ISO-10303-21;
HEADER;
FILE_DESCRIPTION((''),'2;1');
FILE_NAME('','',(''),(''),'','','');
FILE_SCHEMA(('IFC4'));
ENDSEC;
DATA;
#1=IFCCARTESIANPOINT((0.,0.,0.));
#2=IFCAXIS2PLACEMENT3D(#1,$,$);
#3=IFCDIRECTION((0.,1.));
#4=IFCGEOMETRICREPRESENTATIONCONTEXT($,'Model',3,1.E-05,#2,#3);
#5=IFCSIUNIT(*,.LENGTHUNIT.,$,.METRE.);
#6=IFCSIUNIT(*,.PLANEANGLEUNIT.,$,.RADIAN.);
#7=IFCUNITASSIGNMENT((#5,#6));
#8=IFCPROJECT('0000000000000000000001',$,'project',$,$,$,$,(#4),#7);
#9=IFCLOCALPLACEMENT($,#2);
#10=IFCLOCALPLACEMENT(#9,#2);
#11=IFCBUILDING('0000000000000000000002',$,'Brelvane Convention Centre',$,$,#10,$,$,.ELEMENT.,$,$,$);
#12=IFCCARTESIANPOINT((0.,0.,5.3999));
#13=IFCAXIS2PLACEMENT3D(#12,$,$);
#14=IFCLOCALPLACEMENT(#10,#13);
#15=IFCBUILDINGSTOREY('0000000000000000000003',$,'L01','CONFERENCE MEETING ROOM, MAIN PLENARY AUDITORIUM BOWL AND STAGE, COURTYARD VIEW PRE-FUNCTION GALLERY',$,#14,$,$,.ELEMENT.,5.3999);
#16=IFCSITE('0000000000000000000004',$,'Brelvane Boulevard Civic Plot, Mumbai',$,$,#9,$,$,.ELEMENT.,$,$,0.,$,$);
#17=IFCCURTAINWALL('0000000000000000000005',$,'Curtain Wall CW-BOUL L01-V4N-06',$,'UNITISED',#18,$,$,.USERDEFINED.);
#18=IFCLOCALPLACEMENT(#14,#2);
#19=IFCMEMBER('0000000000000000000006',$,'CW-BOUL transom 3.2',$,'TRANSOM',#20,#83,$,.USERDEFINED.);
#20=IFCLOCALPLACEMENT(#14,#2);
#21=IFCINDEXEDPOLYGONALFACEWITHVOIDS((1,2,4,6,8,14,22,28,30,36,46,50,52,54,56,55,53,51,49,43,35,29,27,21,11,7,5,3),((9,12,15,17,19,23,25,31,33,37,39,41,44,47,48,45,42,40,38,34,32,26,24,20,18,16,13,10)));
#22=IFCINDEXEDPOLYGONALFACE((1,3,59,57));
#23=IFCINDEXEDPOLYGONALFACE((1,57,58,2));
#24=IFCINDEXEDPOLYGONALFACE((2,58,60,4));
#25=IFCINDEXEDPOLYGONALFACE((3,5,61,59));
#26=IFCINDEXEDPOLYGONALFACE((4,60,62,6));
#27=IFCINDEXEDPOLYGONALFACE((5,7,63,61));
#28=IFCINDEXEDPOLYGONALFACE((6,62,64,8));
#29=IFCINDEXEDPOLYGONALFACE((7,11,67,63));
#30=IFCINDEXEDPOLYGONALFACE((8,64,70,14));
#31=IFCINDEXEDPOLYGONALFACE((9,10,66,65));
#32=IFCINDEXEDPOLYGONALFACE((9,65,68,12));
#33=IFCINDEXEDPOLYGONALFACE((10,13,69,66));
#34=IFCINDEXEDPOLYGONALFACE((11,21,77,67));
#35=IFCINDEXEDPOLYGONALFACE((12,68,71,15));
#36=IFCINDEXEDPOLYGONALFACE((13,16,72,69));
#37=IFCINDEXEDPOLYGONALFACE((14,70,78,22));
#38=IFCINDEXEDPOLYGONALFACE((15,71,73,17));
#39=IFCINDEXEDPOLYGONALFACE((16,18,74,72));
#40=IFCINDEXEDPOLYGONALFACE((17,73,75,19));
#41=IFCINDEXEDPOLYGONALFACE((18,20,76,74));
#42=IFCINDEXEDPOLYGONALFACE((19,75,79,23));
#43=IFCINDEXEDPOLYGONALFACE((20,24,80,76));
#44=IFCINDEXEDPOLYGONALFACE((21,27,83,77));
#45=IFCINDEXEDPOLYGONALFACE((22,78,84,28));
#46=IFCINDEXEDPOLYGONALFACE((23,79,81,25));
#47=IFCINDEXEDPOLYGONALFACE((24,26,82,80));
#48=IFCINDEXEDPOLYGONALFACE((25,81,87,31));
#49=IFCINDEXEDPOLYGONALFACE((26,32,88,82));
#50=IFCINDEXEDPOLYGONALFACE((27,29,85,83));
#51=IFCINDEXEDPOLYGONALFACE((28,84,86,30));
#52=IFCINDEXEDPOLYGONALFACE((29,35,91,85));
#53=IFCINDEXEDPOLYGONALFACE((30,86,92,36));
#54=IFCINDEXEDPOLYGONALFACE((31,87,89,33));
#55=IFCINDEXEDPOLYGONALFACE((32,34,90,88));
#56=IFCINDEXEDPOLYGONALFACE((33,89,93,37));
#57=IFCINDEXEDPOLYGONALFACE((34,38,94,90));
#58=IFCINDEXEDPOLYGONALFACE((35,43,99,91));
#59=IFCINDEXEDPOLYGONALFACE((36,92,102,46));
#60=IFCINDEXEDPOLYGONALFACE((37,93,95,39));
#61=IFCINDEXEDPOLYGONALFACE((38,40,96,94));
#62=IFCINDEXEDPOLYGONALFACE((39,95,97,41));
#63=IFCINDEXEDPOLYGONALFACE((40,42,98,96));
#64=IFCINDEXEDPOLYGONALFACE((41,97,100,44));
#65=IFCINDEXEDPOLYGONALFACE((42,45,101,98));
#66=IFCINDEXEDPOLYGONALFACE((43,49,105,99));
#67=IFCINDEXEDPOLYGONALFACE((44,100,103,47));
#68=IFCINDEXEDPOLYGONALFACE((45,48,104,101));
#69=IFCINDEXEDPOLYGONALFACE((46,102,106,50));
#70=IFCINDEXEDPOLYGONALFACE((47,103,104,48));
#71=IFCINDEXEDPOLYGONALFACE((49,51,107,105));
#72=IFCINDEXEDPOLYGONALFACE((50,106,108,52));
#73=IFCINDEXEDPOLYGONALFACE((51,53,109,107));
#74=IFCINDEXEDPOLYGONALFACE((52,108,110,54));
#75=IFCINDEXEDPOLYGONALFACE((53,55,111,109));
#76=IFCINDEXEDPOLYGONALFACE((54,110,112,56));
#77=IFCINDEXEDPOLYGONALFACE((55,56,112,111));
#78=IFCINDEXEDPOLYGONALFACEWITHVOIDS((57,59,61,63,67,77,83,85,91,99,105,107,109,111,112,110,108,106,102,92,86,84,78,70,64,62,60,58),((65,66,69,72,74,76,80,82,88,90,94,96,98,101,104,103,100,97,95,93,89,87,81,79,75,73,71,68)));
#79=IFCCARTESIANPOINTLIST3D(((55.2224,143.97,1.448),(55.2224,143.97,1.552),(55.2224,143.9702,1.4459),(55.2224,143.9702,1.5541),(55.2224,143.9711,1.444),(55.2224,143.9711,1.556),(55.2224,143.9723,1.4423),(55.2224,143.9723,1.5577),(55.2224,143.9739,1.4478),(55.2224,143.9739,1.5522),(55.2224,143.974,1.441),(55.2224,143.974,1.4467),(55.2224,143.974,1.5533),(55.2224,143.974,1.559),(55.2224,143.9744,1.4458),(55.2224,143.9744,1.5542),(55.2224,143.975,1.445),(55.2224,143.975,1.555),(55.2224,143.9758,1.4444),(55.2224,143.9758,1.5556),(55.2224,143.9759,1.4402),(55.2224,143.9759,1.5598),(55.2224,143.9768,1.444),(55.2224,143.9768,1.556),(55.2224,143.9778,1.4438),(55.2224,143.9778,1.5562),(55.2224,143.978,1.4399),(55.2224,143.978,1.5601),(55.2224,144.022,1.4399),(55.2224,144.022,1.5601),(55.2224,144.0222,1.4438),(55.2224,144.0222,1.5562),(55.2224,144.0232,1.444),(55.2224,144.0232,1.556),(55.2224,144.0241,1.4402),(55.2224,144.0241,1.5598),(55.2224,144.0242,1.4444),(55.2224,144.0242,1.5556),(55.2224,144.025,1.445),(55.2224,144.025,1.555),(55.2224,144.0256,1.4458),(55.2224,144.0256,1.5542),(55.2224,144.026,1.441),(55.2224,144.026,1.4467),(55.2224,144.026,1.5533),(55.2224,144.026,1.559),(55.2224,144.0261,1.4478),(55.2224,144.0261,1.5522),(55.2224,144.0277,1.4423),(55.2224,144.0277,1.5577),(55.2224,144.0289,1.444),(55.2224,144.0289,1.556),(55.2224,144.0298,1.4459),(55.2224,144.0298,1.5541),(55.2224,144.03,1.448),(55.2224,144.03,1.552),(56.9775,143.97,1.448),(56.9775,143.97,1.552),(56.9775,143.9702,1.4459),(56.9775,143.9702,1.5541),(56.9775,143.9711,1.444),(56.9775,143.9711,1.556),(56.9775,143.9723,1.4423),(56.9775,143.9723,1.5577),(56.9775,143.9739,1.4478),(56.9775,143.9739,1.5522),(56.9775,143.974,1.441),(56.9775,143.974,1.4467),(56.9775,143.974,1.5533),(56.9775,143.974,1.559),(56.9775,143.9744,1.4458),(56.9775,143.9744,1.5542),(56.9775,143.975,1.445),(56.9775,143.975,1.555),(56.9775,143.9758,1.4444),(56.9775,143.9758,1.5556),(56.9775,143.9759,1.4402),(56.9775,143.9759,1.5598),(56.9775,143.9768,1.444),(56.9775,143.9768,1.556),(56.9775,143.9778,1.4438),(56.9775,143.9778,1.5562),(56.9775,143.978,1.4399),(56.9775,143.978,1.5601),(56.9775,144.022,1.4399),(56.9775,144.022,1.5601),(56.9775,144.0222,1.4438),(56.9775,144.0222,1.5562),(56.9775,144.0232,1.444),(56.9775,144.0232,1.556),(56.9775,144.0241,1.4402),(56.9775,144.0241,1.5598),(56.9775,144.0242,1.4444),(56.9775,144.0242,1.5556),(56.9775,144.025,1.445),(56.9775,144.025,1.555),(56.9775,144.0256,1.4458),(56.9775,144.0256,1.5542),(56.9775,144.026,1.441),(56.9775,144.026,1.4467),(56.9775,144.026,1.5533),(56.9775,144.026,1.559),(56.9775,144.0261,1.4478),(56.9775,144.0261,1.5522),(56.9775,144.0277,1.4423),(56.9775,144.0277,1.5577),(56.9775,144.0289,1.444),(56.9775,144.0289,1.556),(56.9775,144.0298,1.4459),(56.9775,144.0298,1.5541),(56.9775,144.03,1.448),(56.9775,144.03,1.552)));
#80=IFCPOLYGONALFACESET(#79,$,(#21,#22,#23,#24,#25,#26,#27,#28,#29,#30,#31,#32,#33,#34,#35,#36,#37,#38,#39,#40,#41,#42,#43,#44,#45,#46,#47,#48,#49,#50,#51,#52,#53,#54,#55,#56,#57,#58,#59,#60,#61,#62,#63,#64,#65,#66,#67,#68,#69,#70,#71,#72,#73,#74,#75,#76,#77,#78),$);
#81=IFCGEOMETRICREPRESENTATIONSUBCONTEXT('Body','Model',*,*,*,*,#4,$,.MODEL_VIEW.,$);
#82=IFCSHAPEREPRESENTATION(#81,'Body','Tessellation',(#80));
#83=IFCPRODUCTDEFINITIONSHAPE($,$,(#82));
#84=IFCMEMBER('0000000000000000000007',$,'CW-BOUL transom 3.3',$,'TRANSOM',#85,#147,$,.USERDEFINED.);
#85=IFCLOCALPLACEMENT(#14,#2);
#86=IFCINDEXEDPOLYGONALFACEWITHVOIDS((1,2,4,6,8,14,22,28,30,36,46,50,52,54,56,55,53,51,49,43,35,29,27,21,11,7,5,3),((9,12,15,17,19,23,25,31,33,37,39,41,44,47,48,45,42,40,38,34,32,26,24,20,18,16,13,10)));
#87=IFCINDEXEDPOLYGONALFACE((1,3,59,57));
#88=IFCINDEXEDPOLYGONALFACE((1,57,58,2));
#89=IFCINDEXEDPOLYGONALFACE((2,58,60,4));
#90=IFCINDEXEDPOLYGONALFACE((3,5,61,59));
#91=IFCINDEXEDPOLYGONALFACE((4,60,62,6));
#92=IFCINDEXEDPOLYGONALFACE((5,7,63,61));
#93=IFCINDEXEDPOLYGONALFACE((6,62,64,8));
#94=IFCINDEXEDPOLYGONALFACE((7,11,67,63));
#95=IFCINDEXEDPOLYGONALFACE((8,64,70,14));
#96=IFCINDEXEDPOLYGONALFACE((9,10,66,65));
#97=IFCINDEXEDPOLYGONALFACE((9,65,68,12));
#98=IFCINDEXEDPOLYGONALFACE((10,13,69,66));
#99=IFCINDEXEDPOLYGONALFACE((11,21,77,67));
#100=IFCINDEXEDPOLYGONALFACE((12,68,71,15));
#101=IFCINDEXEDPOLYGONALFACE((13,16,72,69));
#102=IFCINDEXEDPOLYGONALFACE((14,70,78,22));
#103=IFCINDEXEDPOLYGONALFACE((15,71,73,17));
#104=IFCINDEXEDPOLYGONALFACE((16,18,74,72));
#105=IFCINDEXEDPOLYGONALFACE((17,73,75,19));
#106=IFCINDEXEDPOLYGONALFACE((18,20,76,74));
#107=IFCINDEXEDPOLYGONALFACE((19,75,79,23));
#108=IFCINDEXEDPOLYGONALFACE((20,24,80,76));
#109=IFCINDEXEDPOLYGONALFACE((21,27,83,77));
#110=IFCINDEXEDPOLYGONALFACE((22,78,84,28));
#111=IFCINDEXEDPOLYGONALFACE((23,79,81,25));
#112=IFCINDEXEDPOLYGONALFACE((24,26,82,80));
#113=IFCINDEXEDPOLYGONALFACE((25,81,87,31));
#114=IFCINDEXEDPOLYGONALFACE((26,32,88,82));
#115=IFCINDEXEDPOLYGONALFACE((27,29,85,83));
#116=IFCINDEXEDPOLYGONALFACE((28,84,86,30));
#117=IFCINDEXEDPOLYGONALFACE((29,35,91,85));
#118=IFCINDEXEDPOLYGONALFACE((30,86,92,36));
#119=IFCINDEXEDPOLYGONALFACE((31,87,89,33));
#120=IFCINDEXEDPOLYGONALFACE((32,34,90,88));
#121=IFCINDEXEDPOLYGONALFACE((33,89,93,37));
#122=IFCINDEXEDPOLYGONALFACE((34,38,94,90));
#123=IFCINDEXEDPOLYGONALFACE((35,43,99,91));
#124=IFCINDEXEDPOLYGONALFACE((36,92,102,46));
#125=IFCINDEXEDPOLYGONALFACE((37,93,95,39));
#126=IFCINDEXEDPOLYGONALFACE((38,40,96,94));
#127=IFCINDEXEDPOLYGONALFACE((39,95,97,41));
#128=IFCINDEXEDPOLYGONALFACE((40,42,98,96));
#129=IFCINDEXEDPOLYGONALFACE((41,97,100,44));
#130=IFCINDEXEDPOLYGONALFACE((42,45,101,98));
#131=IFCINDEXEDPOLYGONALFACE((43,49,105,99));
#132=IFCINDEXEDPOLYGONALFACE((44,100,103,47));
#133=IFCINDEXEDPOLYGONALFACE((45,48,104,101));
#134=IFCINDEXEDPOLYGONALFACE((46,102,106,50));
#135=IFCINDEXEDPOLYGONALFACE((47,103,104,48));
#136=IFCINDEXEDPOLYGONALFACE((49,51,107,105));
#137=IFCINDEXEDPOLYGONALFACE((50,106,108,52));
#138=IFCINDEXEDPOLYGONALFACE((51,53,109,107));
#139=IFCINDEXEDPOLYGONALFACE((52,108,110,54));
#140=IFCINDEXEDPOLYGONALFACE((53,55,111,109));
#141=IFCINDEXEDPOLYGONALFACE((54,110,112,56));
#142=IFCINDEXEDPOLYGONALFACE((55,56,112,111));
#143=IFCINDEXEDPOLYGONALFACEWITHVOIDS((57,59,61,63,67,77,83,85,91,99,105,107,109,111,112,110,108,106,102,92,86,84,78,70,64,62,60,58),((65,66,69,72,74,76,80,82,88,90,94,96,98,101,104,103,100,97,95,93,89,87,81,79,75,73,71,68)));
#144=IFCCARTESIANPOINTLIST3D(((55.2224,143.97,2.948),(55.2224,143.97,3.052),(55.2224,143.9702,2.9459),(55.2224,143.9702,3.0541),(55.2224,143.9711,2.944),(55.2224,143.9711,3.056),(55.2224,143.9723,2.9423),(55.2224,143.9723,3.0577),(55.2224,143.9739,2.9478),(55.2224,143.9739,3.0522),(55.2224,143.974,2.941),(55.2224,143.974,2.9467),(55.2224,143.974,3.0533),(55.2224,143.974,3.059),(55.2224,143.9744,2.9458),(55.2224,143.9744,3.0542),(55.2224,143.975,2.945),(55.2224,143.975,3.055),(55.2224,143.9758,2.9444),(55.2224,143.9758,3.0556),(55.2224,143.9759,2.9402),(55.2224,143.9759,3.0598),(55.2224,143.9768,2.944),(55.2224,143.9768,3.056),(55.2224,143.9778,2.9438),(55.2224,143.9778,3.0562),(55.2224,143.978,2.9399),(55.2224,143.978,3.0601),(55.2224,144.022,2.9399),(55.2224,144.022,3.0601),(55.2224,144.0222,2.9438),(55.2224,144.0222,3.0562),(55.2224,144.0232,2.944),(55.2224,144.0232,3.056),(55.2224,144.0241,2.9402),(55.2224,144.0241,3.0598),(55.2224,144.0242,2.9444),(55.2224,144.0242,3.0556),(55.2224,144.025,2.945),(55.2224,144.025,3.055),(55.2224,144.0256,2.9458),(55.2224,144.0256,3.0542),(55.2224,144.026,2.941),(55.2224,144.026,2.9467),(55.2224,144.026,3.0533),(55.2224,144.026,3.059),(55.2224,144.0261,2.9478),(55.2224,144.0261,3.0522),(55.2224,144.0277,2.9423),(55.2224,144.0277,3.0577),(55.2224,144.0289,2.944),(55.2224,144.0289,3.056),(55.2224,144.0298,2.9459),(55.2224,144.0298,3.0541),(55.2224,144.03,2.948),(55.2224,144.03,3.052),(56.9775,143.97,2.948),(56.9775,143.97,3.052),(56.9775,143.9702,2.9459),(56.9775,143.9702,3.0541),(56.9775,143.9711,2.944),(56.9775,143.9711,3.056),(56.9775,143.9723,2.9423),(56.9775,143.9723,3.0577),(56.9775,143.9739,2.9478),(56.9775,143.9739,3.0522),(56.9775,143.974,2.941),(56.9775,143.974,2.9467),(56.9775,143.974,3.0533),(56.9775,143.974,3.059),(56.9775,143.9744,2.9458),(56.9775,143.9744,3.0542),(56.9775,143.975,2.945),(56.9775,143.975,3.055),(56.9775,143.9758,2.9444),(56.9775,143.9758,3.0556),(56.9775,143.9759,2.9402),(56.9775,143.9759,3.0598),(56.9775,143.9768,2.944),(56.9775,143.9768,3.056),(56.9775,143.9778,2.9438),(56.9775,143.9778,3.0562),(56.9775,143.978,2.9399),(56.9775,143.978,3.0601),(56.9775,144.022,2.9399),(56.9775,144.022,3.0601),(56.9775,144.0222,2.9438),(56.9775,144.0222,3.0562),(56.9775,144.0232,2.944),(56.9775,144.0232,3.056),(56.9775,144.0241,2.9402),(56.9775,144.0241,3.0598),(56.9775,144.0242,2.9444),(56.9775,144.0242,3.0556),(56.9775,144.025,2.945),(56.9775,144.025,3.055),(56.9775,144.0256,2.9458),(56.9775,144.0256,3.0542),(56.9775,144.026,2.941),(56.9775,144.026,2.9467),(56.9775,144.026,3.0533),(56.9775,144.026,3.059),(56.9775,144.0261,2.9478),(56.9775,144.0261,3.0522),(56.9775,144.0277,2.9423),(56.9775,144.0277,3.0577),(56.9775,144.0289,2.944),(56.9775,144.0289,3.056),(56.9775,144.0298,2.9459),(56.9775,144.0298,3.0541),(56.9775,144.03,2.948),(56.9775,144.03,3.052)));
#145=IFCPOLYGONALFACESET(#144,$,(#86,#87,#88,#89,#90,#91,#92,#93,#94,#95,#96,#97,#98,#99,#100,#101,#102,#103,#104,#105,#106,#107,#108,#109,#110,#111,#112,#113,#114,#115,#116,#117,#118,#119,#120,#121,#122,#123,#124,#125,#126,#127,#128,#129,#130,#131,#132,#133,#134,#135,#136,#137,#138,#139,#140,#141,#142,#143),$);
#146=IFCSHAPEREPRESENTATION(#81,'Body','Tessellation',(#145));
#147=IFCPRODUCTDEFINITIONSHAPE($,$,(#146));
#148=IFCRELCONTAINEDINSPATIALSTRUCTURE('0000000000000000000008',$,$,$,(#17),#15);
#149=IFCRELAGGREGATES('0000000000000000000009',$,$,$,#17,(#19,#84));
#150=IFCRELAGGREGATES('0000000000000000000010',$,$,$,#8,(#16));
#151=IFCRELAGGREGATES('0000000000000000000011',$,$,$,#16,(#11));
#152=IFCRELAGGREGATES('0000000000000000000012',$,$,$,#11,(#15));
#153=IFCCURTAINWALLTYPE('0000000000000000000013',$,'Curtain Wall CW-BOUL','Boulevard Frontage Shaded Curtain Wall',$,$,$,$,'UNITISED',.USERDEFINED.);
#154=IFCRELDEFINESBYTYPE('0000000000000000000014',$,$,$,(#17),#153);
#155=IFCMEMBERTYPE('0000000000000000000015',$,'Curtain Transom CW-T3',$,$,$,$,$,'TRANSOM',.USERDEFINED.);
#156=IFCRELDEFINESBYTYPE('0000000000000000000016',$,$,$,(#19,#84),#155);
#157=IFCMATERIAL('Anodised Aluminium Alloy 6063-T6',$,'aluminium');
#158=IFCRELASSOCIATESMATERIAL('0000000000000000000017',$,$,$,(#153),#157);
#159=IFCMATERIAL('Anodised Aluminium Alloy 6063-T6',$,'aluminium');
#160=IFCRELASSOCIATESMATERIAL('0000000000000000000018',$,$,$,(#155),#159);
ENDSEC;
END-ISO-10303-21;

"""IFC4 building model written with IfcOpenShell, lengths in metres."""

from ifc_helpers import new_model, si_unit, direction, frame, origin, origin_2d, place, context, subcontext, project, spatial, hollow_rectangle, extrude, material, material_profile, profile_set, type_object, element, aggregate, save


model = new_model("IFC4")

# Units and contexts
model_context = context("Model", 3, precision=1e-05, world=origin(), true_north=direction((0.0, 1.0)))
body_context = subcontext(model_context, "Body", "Model", "MODEL_VIEW")
ifc_project = project(units=[si_unit("LENGTHUNIT", "METRE"), si_unit("PLANEANGLEUNIT", "RADIAN")], contexts=[model_context])

# Site, building, storey
site_placement = place(None, origin())
site = spatial("IfcSite", under=ifc_project, at=site_placement, Name="Brelvane Boulevard Civic Plot, Mumbai", CompositionType="ELEMENT", RefElevation=0.0)
building_placement = place(site_placement, origin())
building = spatial("IfcBuilding", under=site, at=building_placement, Name="Brelvane Convention Centre", CompositionType="ELEMENT")
storey_placement = place(building_placement, frame((0.0, 0.0, 5.3999)))
storey = spatial("IfcBuildingStorey", under=building, at=storey_placement, Name="L01", Description="CONFERENCE MEETING ROOM, MAIN PLENARY AUDITORIUM BOWL AND STAGE, COURTYARD VIEW PRE-FUNCTION GALLERY", CompositionType="ELEMENT", Elevation=5.3999)

# Curtain wall, members
ifc_material_1 = material(Name="Anodised Aluminium Alloy 6063-T6", Category="aluminium")
curtain_wall_type = type_object("IfcCurtainWallType", Name="Curtain Wall CW-BOUL", Description="Boulevard Frontage Shaded Curtain Wall", ElementType="UNITISED", PredefinedType="USERDEFINED", material=ifc_material_1)
curtain_wall_placement = place(storey_placement, origin())
curtain_wall = element("IfcCurtainWall", 1, at=curtain_wall_placement, inside=storey, type_object=curtain_wall_type, Name="Curtain Wall CW-BOUL L01-V4N-06", ObjectType="UNITISED", PredefinedType="USERDEFINED")
ifc_material_2 = material(Name="Anodised Aluminium Alloy 6063-T6", Category="aluminium")
ifc_material_profile_1 = material_profile(ifc_material_2, hollow_rectangle(XDim=0.0601, YDim=0.1201, WallThickness=0.0039, InnerFilletRadius=0.0039, OuterFilletRadius=0.0081, at=origin_2d()), Name="ALU-T 120x60x4.0")
ifc_profile_set_1 = profile_set([ifc_material_profile_1], Name="Anodised Aluminium Alloy 6063-T6")
member_type_1 = type_object("IfcMemberType", Name="Curtain Transom CW-T3", ElementType="TRANSOM", PredefinedType="USERDEFINED", material=ifc_profile_set_1)
member_1_placement = place(storey_placement, frame((55.2224, 144.0, 1.5), z_axis=(1.0, 0.0, 0.0), x_axis=(0.0, 1.0, 0.0)))
member_1 = element("IfcMember", 2, at=member_1_placement, type_object=member_type_1, Name="CW-BOUL transom 3.2", ObjectType="TRANSOM", PredefinedType="USERDEFINED", context=body_context, shape_type="SweptSolid", body=[
    extrude(hollow_rectangle(XDim=0.0601, YDim=0.1201, WallThickness=0.0039, InnerFilletRadius=0.0039, OuterFilletRadius=0.0081, at=origin_2d()), origin(), (0.0, 0.0, 1.0), 1.7551),
])
member_2_placement = place(storey_placement, frame((55.2224, 144.0, 3.0), z_axis=(1.0, 0.0, 0.0), x_axis=(0.0, 1.0, 0.0)))
member_2 = element("IfcMember", 3, at=member_2_placement, type_object=member_type_1, Name="CW-BOUL transom 3.3", ObjectType="TRANSOM", PredefinedType="USERDEFINED", context=body_context, shape_type="SweptSolid", body=[
    extrude(hollow_rectangle(XDim=0.0601, YDim=0.1201, WallThickness=0.0039, InnerFilletRadius=0.0039, OuterFilletRadius=0.0081, at=origin_2d()), origin(), (0.0, 0.0, 1.0), 1.7551),
])

aggregate(curtain_wall, [member_1, member_2])

save(model, "model.ifc")
